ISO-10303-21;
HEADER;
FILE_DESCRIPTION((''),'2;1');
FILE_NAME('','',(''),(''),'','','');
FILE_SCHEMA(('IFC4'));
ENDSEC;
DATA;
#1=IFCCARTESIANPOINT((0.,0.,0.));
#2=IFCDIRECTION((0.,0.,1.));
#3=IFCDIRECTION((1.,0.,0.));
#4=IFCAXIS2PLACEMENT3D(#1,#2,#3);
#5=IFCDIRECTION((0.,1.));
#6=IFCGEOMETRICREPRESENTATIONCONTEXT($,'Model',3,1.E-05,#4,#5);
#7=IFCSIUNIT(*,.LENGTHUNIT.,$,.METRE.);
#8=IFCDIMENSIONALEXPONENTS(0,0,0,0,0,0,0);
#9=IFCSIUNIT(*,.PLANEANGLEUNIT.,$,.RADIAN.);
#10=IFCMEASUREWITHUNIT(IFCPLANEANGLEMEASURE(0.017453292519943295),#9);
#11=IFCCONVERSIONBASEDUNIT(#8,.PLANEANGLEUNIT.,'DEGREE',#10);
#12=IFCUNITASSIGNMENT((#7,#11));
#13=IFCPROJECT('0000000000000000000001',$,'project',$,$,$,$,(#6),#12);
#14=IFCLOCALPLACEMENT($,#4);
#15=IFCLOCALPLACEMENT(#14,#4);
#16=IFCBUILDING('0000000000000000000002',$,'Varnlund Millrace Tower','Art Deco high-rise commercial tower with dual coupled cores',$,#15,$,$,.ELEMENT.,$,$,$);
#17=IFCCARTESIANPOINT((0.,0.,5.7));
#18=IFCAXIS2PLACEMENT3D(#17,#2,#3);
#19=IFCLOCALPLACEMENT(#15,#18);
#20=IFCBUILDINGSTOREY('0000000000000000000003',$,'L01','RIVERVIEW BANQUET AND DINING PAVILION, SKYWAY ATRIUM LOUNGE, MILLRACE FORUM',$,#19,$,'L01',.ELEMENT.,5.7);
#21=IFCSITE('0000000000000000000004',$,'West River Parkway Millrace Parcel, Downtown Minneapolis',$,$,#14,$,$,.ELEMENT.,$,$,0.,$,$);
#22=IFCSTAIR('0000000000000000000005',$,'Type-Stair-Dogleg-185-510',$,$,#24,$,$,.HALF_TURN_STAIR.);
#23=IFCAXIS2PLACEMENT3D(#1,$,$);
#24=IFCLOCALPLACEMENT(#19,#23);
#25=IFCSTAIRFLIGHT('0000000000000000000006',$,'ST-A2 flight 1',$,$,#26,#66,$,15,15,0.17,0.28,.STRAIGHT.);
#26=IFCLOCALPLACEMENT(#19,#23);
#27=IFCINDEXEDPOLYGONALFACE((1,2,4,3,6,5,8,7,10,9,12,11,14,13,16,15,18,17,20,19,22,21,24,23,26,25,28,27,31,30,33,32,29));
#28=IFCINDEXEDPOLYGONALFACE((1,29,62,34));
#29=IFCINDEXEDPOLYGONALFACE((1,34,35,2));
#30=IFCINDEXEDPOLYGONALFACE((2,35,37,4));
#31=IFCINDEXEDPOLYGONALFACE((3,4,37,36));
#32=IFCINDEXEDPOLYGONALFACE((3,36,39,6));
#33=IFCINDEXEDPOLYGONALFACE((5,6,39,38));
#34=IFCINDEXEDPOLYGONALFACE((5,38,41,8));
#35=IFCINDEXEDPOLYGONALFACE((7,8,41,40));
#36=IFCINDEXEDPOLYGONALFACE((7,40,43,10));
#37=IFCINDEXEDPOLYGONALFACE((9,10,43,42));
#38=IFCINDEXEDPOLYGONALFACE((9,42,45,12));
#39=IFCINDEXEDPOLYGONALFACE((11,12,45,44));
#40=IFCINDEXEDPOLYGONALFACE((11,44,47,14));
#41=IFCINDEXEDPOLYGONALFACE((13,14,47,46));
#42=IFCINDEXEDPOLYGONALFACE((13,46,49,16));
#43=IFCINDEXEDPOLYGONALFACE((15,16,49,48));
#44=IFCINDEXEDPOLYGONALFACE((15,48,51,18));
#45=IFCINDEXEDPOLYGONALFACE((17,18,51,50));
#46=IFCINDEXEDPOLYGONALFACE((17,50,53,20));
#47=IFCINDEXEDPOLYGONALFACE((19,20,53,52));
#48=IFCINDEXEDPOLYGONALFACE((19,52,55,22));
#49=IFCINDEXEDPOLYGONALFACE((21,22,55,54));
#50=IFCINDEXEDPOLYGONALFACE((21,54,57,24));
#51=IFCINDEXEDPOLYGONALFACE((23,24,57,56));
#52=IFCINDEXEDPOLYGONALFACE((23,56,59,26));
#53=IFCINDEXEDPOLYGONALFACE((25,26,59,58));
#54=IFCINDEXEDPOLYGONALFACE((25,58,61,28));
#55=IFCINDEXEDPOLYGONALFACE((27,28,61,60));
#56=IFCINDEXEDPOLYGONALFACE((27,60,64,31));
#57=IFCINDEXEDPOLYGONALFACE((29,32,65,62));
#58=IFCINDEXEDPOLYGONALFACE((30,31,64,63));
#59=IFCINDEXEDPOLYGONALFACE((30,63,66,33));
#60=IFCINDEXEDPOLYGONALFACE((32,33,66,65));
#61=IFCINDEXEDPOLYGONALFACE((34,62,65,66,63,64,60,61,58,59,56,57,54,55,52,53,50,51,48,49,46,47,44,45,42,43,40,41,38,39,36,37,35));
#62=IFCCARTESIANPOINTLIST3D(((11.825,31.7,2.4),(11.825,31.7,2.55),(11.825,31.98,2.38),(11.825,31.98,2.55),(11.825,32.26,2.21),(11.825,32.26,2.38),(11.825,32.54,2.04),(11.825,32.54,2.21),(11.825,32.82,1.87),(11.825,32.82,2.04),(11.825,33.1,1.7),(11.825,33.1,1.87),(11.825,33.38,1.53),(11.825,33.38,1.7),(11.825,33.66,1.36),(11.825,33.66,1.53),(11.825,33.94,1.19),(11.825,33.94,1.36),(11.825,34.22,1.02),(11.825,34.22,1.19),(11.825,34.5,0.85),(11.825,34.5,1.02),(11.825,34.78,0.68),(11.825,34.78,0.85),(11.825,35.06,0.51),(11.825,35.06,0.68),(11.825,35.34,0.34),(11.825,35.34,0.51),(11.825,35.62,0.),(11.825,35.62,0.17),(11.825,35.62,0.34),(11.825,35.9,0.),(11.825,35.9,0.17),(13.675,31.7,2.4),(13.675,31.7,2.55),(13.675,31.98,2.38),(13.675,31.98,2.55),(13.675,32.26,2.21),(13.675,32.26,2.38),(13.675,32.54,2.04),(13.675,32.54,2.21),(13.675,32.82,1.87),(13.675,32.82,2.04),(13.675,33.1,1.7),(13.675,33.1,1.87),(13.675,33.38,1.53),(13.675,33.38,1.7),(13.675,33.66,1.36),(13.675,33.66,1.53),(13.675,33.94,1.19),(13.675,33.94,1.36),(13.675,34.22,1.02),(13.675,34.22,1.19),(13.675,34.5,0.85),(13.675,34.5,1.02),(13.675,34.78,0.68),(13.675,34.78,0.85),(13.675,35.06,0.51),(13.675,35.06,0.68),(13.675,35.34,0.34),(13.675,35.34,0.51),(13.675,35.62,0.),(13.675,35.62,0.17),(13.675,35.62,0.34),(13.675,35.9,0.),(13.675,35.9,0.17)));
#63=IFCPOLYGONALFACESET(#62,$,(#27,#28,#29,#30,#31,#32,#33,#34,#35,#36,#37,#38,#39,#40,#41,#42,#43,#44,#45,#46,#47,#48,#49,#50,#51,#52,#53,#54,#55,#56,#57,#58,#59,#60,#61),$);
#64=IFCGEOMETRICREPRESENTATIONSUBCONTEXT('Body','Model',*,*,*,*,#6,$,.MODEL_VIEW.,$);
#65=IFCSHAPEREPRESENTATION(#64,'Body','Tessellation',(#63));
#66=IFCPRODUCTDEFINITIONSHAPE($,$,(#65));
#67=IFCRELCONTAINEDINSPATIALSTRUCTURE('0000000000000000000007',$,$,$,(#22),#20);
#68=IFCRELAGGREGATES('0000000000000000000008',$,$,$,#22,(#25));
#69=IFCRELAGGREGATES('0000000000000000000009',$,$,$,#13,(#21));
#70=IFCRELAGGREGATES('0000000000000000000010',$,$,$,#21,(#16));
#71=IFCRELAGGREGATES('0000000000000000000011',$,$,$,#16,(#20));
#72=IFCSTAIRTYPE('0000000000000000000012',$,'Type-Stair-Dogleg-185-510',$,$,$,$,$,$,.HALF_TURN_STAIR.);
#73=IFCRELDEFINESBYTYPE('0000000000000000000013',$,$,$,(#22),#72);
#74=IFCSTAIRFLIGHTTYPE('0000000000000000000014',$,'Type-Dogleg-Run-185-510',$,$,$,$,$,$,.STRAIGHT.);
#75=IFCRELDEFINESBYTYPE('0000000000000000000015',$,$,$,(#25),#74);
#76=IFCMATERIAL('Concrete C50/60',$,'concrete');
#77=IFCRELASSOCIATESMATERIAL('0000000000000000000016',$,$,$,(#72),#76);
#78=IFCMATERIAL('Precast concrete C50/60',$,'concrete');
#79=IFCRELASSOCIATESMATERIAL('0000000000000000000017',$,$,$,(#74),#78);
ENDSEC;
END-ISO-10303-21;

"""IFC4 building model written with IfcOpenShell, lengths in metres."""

from ifc_helpers import new_model, entity, si_unit, converted_unit, direction, frame, origin_with_axes, place, context, subcontext, project, spatial, polyline, outline, extrude, material, type_object, element, aggregate, save


model = new_model("IFC4")

# Units and contexts
model_context = context("Model", 3, precision=1e-05, world=origin_with_axes(), true_north=direction((0.0, 1.0)))
body_context = subcontext(model_context, "Body", "Model", "MODEL_VIEW")
ifc_project = project(units=[si_unit("LENGTHUNIT", "METRE"), converted_unit("PLANEANGLEUNIT", "DEGREE", entity("IfcPlaneAngleMeasure", 0.017453292519943295), si_unit("PLANEANGLEUNIT", "RADIAN"), dimensions=[0, 0, 0, 0, 0, 0, 0])], contexts=[model_context])

# Site, building, storey
site_placement = place(None, origin_with_axes())
site = spatial("IfcSite", under=ifc_project, at=site_placement, Name="West River Parkway Millrace Parcel, Downtown Minneapolis", CompositionType="ELEMENT", RefElevation=0.0)
building_placement = place(site_placement, origin_with_axes())
building = spatial("IfcBuilding", under=site, at=building_placement, Name="Varnlund Millrace Tower", Description="Art Deco high-rise commercial tower with dual coupled cores", CompositionType="ELEMENT")
storey_placement = place(building_placement, frame((0.0, 0.0, 5.7), z_axis=(0.0, 0.0, 1.0), x_axis=(1.0, 0.0, 0.0)))
storey = spatial("IfcBuildingStorey", under=building, at=storey_placement, Name="L01", Description="RIVERVIEW BANQUET AND DINING PAVILION, SKYWAY ATRIUM LOUNGE, MILLRACE FORUM", LongName="L01", CompositionType="ELEMENT", Elevation=5.7)

# Stair, stair flight
ifc_material_1 = material(Name="Concrete C50/60", Category="concrete")
stair_type = type_object("IfcStairType", Name="Type-Stair-Dogleg-185-510", PredefinedType="HALF_TURN_STAIR", material=ifc_material_1)
stair_placement = place(storey_placement, origin_with_axes())
stair = element("IfcStair", 1, at=stair_placement, inside=storey, type_object=stair_type, Name="Type-Stair-Dogleg-185-510", PredefinedType="HALF_TURN_STAIR")
ifc_material_2 = material(Name="Precast concrete C50/60", Category="concrete")
stair_flight_type = type_object("IfcStairFlightType", Name="Type-Dogleg-Run-185-510", PredefinedType="STRAIGHT", material=ifc_material_2)
stair_flight_placement = place(storey_placement, frame((13.675, 35.9, 0.0), z_axis=(-1.0, 0.0, 0.0), x_axis=(0.0, -1.0, 0.0)))
stair_flight = element("IfcStairFlight", 2, at=stair_flight_placement, type_object=stair_flight_type, Name="ST-A2 flight 1", NumberOfRisers=15, NumberOfTreads=15, PredefinedType="STRAIGHT", RiserHeight=0.17, TreadLength=0.28, context=body_context, shape_type="SweptSolid", body=[
    extrude(outline(polyline([(0.0, 0.0), (0.0, 0.17), (0.28, 0.17), (0.28, 0.34), (0.56, 0.34), (0.56, 0.51), (0.84, 0.51), (0.84, 0.68), (1.12, 0.68), (1.12, 0.85), (1.4, 0.85), (1.4, 1.02), (1.68, 1.02), (1.68, 1.19), (1.96, 1.19), (1.96, 1.36), (2.24, 1.36), (2.24, 1.53), (2.52, 1.53), (2.52, 1.7), (2.8, 1.7), (2.8, 1.87), (3.08, 1.87), (3.08, 2.04), (3.36, 2.04), (3.36, 2.21), (3.64, 2.21), (3.64, 2.38), (3.92, 2.38), (3.92, 2.55), (4.2, 2.55), (4.2, 2.4), (0.28, 0.0), (0.0, 0.0)])), origin_with_axes(), (0.0, 0.0, 1.0), 1.85),
])
aggregate(stair, [stair_flight])

save(model, "model.ifc")
